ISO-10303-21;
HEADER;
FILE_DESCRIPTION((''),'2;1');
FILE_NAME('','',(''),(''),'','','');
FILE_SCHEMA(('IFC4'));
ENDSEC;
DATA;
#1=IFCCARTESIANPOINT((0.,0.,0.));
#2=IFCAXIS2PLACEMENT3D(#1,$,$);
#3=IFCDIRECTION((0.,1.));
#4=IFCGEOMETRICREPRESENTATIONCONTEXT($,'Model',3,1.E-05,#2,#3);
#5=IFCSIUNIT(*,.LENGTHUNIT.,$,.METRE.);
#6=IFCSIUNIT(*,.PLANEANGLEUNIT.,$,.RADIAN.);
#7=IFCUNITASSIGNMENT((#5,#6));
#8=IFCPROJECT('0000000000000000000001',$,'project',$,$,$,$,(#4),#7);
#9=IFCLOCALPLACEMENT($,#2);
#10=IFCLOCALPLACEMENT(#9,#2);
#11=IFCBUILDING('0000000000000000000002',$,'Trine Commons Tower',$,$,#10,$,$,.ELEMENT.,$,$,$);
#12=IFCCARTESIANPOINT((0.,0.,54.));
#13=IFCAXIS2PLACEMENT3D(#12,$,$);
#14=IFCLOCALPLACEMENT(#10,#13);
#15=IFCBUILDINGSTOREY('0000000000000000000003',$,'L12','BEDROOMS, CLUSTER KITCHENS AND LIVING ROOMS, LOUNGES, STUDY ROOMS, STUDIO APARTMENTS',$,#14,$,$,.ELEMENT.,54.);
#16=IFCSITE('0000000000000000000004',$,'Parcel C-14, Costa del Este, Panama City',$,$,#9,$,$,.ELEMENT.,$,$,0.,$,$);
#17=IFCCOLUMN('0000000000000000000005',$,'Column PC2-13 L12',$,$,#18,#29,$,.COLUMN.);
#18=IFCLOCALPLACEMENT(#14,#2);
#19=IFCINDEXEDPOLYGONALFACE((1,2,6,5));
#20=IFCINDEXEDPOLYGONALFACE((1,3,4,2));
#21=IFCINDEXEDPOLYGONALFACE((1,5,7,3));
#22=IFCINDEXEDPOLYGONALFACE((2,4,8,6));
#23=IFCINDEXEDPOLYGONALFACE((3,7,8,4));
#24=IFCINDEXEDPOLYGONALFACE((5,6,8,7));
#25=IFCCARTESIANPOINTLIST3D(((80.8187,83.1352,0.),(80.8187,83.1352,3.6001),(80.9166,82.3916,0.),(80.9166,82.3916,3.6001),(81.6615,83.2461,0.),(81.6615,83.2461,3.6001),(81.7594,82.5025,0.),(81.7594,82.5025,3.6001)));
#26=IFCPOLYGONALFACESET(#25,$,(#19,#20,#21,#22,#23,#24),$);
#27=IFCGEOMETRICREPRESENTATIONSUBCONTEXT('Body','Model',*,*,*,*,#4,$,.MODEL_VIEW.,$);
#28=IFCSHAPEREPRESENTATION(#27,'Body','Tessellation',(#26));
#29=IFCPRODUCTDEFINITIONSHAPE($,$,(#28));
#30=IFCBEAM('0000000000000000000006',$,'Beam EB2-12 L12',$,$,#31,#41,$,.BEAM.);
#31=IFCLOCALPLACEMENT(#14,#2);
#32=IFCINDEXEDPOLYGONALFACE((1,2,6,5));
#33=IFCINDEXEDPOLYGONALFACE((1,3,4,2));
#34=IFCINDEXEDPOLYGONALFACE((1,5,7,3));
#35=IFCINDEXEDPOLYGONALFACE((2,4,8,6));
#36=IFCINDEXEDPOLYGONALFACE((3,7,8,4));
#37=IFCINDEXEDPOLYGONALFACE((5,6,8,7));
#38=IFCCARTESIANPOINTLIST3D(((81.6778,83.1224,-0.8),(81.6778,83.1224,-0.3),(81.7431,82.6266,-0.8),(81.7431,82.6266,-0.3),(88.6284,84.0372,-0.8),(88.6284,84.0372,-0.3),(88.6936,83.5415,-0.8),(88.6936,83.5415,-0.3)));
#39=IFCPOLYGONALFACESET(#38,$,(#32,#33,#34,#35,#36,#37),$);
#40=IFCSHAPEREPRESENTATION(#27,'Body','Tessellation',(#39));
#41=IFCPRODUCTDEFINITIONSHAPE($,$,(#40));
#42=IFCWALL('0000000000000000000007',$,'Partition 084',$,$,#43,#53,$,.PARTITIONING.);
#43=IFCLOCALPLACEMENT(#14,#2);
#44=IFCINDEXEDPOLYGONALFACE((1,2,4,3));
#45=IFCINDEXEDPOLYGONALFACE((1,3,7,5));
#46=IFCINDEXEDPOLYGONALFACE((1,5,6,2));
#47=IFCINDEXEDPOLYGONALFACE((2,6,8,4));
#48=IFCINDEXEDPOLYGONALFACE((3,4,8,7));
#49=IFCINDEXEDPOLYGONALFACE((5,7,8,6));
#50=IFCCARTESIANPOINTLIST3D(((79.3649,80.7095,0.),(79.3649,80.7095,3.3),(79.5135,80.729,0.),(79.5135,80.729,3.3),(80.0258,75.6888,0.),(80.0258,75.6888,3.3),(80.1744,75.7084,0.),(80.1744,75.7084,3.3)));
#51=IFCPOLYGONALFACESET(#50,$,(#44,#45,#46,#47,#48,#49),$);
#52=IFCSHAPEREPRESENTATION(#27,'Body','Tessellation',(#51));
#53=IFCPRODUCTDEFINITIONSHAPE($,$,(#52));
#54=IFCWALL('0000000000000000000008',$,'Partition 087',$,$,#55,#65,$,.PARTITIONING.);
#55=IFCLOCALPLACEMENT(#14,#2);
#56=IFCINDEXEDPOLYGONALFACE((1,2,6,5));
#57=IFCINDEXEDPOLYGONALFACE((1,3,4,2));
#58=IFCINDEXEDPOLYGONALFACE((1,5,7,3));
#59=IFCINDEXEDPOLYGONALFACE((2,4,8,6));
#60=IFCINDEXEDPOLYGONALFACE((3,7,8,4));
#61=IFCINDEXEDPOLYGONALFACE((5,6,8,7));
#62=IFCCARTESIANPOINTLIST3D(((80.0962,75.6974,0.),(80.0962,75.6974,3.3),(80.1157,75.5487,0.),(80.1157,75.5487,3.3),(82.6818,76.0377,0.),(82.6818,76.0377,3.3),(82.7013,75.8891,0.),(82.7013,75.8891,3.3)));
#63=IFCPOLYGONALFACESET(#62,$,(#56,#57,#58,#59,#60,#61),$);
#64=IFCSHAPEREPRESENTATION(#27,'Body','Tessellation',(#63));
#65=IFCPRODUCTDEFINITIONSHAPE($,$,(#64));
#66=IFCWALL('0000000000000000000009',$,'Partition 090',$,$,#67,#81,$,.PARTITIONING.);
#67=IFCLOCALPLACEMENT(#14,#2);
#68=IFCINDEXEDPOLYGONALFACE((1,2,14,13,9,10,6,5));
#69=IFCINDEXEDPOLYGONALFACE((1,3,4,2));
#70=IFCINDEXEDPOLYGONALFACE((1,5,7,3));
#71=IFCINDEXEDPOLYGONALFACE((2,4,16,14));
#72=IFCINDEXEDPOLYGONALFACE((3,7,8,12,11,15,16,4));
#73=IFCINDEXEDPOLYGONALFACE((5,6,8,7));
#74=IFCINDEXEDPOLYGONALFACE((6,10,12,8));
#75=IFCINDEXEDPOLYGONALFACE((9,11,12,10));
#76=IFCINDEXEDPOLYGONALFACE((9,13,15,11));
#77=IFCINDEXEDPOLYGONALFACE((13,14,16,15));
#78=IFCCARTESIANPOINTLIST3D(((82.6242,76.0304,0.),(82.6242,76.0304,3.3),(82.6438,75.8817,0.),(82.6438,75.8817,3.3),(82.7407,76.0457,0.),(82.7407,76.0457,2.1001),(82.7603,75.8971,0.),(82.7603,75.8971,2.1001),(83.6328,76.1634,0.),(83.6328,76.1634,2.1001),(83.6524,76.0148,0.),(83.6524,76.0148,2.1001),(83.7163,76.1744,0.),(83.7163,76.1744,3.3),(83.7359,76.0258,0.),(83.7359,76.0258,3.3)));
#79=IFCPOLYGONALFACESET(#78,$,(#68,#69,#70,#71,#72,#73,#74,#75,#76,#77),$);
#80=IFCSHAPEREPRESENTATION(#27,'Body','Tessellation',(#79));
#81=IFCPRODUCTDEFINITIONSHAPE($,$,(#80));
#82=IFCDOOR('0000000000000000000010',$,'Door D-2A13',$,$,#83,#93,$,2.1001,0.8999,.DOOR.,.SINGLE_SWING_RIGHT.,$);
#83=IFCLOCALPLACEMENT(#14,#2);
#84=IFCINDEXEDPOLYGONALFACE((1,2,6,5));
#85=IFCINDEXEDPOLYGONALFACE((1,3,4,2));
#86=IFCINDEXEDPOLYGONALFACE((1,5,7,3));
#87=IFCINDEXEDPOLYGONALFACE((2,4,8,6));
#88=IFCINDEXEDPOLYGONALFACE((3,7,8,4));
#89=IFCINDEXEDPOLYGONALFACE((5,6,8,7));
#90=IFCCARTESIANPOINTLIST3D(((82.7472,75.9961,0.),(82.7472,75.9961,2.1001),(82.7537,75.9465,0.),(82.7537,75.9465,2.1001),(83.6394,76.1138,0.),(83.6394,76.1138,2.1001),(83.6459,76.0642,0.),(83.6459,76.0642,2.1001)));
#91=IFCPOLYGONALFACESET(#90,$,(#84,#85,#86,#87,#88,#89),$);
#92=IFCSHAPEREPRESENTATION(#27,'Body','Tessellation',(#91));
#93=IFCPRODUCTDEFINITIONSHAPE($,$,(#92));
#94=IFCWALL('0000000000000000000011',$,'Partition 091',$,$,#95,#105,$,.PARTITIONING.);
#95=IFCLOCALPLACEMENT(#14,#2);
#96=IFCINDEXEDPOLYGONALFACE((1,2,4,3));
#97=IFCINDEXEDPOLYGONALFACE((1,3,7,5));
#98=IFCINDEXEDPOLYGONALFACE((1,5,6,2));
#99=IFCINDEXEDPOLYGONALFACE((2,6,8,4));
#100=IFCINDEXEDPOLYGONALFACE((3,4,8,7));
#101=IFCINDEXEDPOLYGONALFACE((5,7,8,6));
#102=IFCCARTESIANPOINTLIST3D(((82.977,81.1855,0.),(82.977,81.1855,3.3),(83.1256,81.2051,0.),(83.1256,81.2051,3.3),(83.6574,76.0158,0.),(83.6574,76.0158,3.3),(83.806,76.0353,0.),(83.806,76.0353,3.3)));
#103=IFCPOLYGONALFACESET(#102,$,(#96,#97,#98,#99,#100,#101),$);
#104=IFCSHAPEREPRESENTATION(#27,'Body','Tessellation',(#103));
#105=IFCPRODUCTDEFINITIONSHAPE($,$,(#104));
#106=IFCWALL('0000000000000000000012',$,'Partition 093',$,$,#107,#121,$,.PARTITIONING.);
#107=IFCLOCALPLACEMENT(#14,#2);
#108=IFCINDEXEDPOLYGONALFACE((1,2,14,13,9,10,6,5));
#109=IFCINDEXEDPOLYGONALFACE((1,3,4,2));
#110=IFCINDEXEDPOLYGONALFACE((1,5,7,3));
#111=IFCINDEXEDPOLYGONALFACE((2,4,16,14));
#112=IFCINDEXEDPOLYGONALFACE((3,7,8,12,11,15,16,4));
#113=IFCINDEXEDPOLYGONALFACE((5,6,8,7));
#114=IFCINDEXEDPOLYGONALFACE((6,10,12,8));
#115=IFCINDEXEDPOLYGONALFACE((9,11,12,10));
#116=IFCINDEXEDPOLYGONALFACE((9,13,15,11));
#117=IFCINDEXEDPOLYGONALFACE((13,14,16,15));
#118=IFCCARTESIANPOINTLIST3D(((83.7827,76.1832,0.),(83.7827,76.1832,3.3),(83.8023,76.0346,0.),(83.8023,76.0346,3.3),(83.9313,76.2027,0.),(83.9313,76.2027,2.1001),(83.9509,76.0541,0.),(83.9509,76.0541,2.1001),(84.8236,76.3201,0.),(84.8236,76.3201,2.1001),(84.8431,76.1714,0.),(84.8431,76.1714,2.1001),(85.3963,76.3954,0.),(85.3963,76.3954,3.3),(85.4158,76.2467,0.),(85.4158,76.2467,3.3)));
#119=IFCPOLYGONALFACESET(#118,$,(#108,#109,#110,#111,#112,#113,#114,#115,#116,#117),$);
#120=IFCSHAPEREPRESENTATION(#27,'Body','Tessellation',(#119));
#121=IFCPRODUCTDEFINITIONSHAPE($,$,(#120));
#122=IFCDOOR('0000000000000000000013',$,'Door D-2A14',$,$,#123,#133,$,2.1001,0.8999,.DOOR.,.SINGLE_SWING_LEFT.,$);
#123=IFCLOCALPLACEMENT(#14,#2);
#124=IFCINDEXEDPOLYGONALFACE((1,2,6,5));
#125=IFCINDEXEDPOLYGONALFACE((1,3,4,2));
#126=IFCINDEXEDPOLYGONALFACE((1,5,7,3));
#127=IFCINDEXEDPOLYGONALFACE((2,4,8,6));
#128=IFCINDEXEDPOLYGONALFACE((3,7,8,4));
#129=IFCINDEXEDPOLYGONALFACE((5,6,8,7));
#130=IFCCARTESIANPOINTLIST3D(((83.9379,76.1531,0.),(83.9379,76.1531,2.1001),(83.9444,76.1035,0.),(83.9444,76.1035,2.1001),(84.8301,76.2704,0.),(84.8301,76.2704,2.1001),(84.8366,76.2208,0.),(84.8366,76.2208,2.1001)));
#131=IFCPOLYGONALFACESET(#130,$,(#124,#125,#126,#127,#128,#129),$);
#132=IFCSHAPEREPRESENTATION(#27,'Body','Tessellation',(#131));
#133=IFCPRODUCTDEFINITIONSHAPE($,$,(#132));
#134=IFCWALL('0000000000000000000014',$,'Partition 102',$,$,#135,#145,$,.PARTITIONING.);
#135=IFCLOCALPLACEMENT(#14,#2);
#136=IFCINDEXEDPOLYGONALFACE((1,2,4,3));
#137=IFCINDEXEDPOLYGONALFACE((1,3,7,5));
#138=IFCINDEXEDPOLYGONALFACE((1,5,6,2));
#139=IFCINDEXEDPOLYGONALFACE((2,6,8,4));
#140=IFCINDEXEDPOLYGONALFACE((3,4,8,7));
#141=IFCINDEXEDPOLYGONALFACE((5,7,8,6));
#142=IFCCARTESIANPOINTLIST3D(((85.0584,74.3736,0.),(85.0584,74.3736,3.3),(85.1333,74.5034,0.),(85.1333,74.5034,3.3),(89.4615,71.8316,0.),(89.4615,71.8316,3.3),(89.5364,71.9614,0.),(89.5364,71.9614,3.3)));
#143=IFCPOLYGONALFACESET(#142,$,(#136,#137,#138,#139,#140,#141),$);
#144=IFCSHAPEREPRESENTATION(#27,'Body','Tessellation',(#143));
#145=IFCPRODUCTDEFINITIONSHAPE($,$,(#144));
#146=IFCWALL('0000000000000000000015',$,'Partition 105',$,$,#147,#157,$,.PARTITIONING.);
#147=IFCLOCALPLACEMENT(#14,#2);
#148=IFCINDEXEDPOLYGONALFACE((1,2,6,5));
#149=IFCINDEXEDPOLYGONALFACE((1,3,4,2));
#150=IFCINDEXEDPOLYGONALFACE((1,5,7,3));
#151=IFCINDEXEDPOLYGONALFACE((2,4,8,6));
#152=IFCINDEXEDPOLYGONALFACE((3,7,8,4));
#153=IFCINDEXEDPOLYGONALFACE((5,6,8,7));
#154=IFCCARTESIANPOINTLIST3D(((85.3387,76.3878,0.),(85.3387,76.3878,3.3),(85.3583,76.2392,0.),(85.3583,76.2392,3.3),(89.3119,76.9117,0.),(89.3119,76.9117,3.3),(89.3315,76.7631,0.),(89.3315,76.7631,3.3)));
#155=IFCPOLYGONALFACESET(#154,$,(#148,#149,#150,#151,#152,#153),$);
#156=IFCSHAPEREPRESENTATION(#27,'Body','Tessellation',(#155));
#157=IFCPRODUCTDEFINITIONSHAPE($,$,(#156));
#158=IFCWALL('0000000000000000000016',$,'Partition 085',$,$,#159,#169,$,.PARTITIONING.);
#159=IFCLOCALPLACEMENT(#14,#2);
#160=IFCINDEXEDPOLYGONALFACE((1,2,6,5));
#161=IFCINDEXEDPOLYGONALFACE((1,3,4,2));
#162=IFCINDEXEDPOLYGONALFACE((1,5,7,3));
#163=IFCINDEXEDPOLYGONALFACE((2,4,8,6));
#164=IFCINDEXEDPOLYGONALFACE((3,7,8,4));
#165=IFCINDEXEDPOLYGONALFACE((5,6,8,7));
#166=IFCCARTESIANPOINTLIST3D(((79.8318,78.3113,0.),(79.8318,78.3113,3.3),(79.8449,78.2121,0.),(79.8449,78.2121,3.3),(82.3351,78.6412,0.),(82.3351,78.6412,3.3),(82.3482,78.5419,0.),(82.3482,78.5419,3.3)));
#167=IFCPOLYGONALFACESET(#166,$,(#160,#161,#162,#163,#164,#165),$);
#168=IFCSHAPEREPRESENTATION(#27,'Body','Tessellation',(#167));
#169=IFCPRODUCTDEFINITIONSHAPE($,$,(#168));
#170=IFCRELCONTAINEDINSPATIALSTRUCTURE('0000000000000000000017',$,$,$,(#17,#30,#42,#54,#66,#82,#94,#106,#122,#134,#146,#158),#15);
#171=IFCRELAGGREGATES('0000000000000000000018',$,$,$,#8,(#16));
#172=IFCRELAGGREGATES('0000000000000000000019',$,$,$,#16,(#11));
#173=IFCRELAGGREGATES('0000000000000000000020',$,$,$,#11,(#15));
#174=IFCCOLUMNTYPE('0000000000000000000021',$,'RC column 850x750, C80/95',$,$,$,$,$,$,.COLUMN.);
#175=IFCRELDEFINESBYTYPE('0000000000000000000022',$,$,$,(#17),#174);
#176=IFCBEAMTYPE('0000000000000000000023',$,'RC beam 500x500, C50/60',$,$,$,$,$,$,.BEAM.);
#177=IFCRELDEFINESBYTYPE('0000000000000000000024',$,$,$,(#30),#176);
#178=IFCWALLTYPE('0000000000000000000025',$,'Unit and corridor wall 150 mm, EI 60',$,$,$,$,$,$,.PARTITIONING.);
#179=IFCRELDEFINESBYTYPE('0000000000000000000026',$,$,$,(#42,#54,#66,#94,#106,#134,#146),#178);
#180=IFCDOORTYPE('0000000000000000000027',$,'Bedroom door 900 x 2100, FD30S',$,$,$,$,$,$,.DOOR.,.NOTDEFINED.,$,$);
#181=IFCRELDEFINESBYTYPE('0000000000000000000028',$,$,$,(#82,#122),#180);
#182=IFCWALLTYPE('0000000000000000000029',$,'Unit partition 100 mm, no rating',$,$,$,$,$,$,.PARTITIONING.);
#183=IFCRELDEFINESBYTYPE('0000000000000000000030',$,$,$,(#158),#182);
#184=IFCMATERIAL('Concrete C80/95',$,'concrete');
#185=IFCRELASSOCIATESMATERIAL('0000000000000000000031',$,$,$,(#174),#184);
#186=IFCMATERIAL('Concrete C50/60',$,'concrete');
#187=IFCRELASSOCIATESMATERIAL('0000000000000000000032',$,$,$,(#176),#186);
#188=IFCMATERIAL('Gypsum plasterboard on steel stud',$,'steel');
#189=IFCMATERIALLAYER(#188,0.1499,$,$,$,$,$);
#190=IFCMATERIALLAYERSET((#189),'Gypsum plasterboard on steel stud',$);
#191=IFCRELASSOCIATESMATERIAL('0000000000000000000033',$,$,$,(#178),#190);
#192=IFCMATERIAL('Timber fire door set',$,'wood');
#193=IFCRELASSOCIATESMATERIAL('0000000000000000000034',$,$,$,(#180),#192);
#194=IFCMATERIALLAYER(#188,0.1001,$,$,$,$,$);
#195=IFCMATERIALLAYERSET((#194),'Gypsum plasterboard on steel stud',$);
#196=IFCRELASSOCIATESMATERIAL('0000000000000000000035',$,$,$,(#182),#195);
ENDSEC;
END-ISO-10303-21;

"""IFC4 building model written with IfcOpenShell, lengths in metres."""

from ifc_helpers import new_model, si_unit, direction, frame, frame_2d, origin, origin_2d, place, context, subcontext, project, spatial, rectangle, extrude, material, layer, layer_set, material_profile, profile_set, type_object, element, fill, save


model = new_model("IFC4")

# Units and contexts
model_context = context("Model", 3, precision=1e-05, world=origin(), true_north=direction((0.0, 1.0)))
body_context = subcontext(model_context, "Body", "Model", "MODEL_VIEW")
ifc_project = project(units=[si_unit("LENGTHUNIT", "METRE"), si_unit("PLANEANGLEUNIT", "RADIAN")], contexts=[model_context])

# Site, building, storey
site_placement = place(None, origin())
site = spatial("IfcSite", under=ifc_project, at=site_placement, Name="Parcel C-14, Costa del Este, Panama City", CompositionType="ELEMENT", RefElevation=0.0)
building_placement = place(site_placement, origin())
building = spatial("IfcBuilding", under=site, at=building_placement, Name="Trine Commons Tower", CompositionType="ELEMENT")
storey_placement = place(building_placement, frame((0.0, 0.0, 54.0)))
storey = spatial("IfcBuildingStorey", under=building, at=storey_placement, Name="L12", Description="BEDROOMS, CLUSTER KITCHENS AND LIVING ROOMS, LOUNGES, STUDY ROOMS, STUDIO APARTMENTS", CompositionType="ELEMENT", Elevation=54.0)

# Column
ifc_material_1 = material(Name="Concrete C80/95", Category="concrete")
ifc_material_profile_1 = material_profile(ifc_material_1, rectangle(XDim=0.8501, YDim=0.75, at=origin_2d()), Name="RC 850x750")
ifc_profile_set_1 = profile_set([ifc_material_profile_1], Name="Concrete C80/95")
column_type = type_object("IfcColumnType", Name="RC column 850x750, C80/95", PredefinedType="COLUMN", material=ifc_profile_set_1)
column_placement = place(storey_placement, frame((81.2891, 82.8188, 0.0), z_axis=(0.0, 0.0, 1.0), x_axis=(0.991445, 0.130526, 0.0)))
element("IfcColumn", 1, at=column_placement, inside=storey, type_object=column_type, Name="Column PC2-13 L12", PredefinedType="COLUMN", context=body_context, shape_type="SweptSolid", body=[
    extrude(rectangle(XDim=0.8501, YDim=0.75, at=origin_2d()), origin(), (0.0, 0.0, 1.0), 3.6001),
])

# Beam
ifc_material_2 = material(Name="Concrete C50/60", Category="concrete")
ifc_material_profile_2 = material_profile(ifc_material_2, rectangle(XDim=0.5, YDim=0.5, at=origin_2d()), Name="RC 500x500")
ifc_profile_set_2 = profile_set([ifc_material_profile_2], Name="Concrete C50/60")
beam_type = type_object("IfcBeamType", Name="RC beam 500x500, C50/60", PredefinedType="BEAM", material=ifc_profile_set_2)
beam_placement = place(storey_placement, frame((81.7104, 82.8745, -0.55), z_axis=(0.991449, 0.130491, 0.0), x_axis=(-0.130491, 0.991449, 0.0)))
element("IfcBeam", 2, at=beam_placement, inside=storey, type_object=beam_type, Name="Beam EB2-12 L12", PredefinedType="BEAM", context=body_context, shape_type="SweptSolid", body=[
    extrude(rectangle(XDim=0.5, YDim=0.5, at=origin_2d()), origin(), (0.0, 0.0, 1.0), 7.0105),
])

# Walls
ifc_material_3 = material(Name="Gypsum plasterboard on steel stud", Category="steel")
ifc_layer_1 = layer(ifc_material_3, 0.1499)
ifc_layer_set_1 = layer_set([ifc_layer_1], Name="Gypsum plasterboard on steel stud")
wall_type_1 = type_object("IfcWallType", Name="Unit and corridor wall 150 mm, EI 60", PredefinedType="PARTITIONING", material=ifc_layer_set_1)
wall_1_placement = place(storey_placement, frame((79.4392, 80.7192, 0.0), z_axis=(0.0, 0.0, 1.0), x_axis=(0.130506, -0.991448, 0.0)))
element("IfcWall", 3, at=wall_1_placement, inside=storey, type_object=wall_type_1, Name="Partition 084", PredefinedType="PARTITIONING", context=body_context, shape_type="SweptSolid", body=[
    extrude(rectangle(XDim=5.064, YDim=0.1499, at=frame_2d((2.532, 0.0))), origin(), (0.0, 0.0, 1.0), 3.3),
])
wall_2_placement = place(storey_placement, frame((80.106, 75.623, 0.0), z_axis=(0.0, 0.0, 1.0), x_axis=(0.991449, 0.130496, 0.0)))
element("IfcWall", 4, at=wall_2_placement, inside=storey, type_object=wall_type_1, Name="Partition 087", PredefinedType="PARTITIONING", context=body_context, shape_type="SweptSolid", body=[
    extrude(rectangle(XDim=2.6079, YDim=0.1499, at=frame_2d((1.304, 0.0))), origin(), (0.0, 0.0, 1.0), 3.3),
])

# Wall, opening, door
wall_3_placement = place(storey_placement, frame((82.634, 75.9561, 0.0), z_axis=(0.0, 0.0, 1.0), x_axis=(0.991413, 0.13077, 0.0)))
wall_3 = element("IfcWall", 5, at=wall_3_placement, inside=storey, type_object=wall_type_1, Name="Partition 090", PredefinedType="PARTITIONING", context=body_context, shape_type="SweptSolid", body=[
    extrude(rectangle(XDim=1.1016, YDim=0.1499, at=frame_2d((0.5508, 0.0))), origin(), (0.0, 0.0, 1.0), 3.3),
])
opening_1_placement = place(wall_3_placement, frame((0.1174, 0.0, 0.0)))
opening_1 = element("IfcOpeningElement", 6, at=opening_1_placement, cuts=wall_3, PredefinedType="OPENING", context=body_context, shape_type="SweptSolid", body=[
    extrude(rectangle(XDim=0.8999, YDim=2.1001, at=frame_2d((0.45, 1.05))), frame((0.0, 0.085, 0.0), z_axis=(0.0, -1.0, 0.0), x_axis=(1.0, 0.0, 0.0)), (0.0, 0.0, 1.0), 0.1699),
])
ifc_material_4 = material(Name="Timber fire door set", Category="wood")
door_type_1 = type_object("IfcDoorType", Name="Bedroom door 900 x 2100, FD30S", OperationType="NOTDEFINED", PredefinedType="DOOR", material=ifc_material_4)
door_1_placement = place(opening_1_placement, origin())
door_1 = element("IfcDoor", 7, at=door_1_placement, inside=storey, type_object=door_type_1, Name="Door D-2A13", OperationType="SINGLE_SWING_RIGHT", OverallHeight=2.1001, OverallWidth=0.8999, PredefinedType="DOOR", context=body_context, shape_type="SweptSolid", body=[
    extrude(rectangle(XDim=0.8999, YDim=2.1001, at=frame_2d((0.45, 1.05))), frame((0.0, 0.0249, 0.0), z_axis=(0.0, -1.0, 0.0), x_axis=(1.0, 0.0, 0.0)), (0.0, 0.0, 1.0), 0.05),
])
fill(opening_1, door_1)

# Wall
wall_4_placement = place(storey_placement, frame((83.0513, 81.1953, 0.0), z_axis=(0.0, 0.0, 1.0), x_axis=(0.130492, -0.991449, 0.0)))
element("IfcWall", 8, at=wall_4_placement, inside=storey, type_object=wall_type_1, Name="Partition 091", PredefinedType="PARTITIONING", context=body_context, shape_type="SweptSolid", body=[
    extrude(rectangle(XDim=5.2144, YDim=0.1499, at=frame_2d((2.6072, 0.0))), origin(), (0.0, 0.0, 1.0), 3.3),
])

# Wall, opening, door
wall_5_placement = place(storey_placement, frame((83.7925, 76.1089, 0.0), z_axis=(0.0, 0.0, 1.0), x_axis=(0.991466, 0.130365, 0.0)))
wall_5 = element("IfcWall", 9, at=wall_5_placement, inside=storey, type_object=wall_type_1, Name="Partition 093", PredefinedType="PARTITIONING", context=body_context, shape_type="SweptSolid", body=[
    extrude(rectangle(XDim=1.6274, YDim=0.1499, at=frame_2d((0.8137, 0.0))), origin(), (0.0, 0.0, 1.0), 3.3),
])
opening_2_placement = place(wall_5_placement, frame((0.1499, 0.0, 0.0)))
opening_2 = element("IfcOpeningElement", 10, at=opening_2_placement, cuts=wall_5, PredefinedType="OPENING", context=body_context, shape_type="SweptSolid", body=[
    extrude(rectangle(XDim=0.8999, YDim=2.1001, at=frame_2d((0.45, 1.05))), frame((0.0, 0.085, 0.0), z_axis=(0.0, -1.0, 0.0), x_axis=(1.0, 0.0, 0.0)), (0.0, 0.0, 1.0), 0.1699),
])
door_2_placement = place(opening_2_placement, origin())
door_2 = element("IfcDoor", 11, at=door_2_placement, inside=storey, type_object=door_type_1, Name="Door D-2A14", OperationType="SINGLE_SWING_LEFT", OverallHeight=2.1001, OverallWidth=0.8999, PredefinedType="DOOR", context=body_context, shape_type="SweptSolid", body=[
    extrude(rectangle(XDim=0.8999, YDim=2.1001, at=frame_2d((0.45, 1.05))), frame((0.0, 0.0249, 0.0), z_axis=(0.0, -1.0, 0.0), x_axis=(1.0, 0.0, 0.0)), (0.0, 0.0, 1.0), 0.05),
])
fill(opening_2, door_2)

# Walls
wall_6_placement = place(storey_placement, frame((85.0959, 74.4385, 0.0), z_axis=(0.0, 0.0, 1.0), x_axis=(0.866036, -0.499982, 0.0)))
element("IfcWall", 12, at=wall_6_placement, inside=storey, type_object=wall_type_1, Name="Partition 102", PredefinedType="PARTITIONING", context=body_context, shape_type="SweptSolid", body=[
    extrude(rectangle(XDim=5.0842, YDim=0.1499, at=frame_2d((2.542, 0.0))), origin(), (0.0, 0.0, 1.0), 3.3),
])
wall_7_placement = place(storey_placement, frame((85.3484, 76.3135, 0.0), z_axis=(0.0, 0.0, 1.0), x_axis=(0.991417, 0.130735, 0.0)))
element("IfcWall", 13, at=wall_7_placement, inside=storey, type_object=wall_type_1, Name="Partition 105", PredefinedType="PARTITIONING", context=body_context, shape_type="SweptSolid", body=[
    extrude(rectangle(XDim=4.0076, YDim=0.1499, at=frame_2d((2.0039, 0.0))), origin(), (0.0, 0.0, 1.0), 3.3),
])
ifc_layer_2 = layer(ifc_material_3, 0.1001)
ifc_layer_set_2 = layer_set([ifc_layer_2], Name="Gypsum plasterboard on steel stud")
wall_type_2 = type_object("IfcWallType", Name="Unit partition 100 mm, no rating", PredefinedType="PARTITIONING", material=ifc_layer_set_2)
wall_8_placement = place(storey_placement, frame((79.8384, 78.2617, 0.0), z_axis=(0.0, 0.0, 1.0), x_axis=(0.99143, 0.130637, 0.0)))
element("IfcWall", 14, at=wall_8_placement, inside=storey, type_object=wall_type_2, Name="Partition 085", PredefinedType="PARTITIONING", context=body_context, shape_type="SweptSolid", body=[
    extrude(rectangle(XDim=2.5249, YDim=0.1001, at=frame_2d((1.2625, 0.0))), origin(), (0.0, 0.0, 1.0), 3.3),
])

save(model, "model.ifc")
